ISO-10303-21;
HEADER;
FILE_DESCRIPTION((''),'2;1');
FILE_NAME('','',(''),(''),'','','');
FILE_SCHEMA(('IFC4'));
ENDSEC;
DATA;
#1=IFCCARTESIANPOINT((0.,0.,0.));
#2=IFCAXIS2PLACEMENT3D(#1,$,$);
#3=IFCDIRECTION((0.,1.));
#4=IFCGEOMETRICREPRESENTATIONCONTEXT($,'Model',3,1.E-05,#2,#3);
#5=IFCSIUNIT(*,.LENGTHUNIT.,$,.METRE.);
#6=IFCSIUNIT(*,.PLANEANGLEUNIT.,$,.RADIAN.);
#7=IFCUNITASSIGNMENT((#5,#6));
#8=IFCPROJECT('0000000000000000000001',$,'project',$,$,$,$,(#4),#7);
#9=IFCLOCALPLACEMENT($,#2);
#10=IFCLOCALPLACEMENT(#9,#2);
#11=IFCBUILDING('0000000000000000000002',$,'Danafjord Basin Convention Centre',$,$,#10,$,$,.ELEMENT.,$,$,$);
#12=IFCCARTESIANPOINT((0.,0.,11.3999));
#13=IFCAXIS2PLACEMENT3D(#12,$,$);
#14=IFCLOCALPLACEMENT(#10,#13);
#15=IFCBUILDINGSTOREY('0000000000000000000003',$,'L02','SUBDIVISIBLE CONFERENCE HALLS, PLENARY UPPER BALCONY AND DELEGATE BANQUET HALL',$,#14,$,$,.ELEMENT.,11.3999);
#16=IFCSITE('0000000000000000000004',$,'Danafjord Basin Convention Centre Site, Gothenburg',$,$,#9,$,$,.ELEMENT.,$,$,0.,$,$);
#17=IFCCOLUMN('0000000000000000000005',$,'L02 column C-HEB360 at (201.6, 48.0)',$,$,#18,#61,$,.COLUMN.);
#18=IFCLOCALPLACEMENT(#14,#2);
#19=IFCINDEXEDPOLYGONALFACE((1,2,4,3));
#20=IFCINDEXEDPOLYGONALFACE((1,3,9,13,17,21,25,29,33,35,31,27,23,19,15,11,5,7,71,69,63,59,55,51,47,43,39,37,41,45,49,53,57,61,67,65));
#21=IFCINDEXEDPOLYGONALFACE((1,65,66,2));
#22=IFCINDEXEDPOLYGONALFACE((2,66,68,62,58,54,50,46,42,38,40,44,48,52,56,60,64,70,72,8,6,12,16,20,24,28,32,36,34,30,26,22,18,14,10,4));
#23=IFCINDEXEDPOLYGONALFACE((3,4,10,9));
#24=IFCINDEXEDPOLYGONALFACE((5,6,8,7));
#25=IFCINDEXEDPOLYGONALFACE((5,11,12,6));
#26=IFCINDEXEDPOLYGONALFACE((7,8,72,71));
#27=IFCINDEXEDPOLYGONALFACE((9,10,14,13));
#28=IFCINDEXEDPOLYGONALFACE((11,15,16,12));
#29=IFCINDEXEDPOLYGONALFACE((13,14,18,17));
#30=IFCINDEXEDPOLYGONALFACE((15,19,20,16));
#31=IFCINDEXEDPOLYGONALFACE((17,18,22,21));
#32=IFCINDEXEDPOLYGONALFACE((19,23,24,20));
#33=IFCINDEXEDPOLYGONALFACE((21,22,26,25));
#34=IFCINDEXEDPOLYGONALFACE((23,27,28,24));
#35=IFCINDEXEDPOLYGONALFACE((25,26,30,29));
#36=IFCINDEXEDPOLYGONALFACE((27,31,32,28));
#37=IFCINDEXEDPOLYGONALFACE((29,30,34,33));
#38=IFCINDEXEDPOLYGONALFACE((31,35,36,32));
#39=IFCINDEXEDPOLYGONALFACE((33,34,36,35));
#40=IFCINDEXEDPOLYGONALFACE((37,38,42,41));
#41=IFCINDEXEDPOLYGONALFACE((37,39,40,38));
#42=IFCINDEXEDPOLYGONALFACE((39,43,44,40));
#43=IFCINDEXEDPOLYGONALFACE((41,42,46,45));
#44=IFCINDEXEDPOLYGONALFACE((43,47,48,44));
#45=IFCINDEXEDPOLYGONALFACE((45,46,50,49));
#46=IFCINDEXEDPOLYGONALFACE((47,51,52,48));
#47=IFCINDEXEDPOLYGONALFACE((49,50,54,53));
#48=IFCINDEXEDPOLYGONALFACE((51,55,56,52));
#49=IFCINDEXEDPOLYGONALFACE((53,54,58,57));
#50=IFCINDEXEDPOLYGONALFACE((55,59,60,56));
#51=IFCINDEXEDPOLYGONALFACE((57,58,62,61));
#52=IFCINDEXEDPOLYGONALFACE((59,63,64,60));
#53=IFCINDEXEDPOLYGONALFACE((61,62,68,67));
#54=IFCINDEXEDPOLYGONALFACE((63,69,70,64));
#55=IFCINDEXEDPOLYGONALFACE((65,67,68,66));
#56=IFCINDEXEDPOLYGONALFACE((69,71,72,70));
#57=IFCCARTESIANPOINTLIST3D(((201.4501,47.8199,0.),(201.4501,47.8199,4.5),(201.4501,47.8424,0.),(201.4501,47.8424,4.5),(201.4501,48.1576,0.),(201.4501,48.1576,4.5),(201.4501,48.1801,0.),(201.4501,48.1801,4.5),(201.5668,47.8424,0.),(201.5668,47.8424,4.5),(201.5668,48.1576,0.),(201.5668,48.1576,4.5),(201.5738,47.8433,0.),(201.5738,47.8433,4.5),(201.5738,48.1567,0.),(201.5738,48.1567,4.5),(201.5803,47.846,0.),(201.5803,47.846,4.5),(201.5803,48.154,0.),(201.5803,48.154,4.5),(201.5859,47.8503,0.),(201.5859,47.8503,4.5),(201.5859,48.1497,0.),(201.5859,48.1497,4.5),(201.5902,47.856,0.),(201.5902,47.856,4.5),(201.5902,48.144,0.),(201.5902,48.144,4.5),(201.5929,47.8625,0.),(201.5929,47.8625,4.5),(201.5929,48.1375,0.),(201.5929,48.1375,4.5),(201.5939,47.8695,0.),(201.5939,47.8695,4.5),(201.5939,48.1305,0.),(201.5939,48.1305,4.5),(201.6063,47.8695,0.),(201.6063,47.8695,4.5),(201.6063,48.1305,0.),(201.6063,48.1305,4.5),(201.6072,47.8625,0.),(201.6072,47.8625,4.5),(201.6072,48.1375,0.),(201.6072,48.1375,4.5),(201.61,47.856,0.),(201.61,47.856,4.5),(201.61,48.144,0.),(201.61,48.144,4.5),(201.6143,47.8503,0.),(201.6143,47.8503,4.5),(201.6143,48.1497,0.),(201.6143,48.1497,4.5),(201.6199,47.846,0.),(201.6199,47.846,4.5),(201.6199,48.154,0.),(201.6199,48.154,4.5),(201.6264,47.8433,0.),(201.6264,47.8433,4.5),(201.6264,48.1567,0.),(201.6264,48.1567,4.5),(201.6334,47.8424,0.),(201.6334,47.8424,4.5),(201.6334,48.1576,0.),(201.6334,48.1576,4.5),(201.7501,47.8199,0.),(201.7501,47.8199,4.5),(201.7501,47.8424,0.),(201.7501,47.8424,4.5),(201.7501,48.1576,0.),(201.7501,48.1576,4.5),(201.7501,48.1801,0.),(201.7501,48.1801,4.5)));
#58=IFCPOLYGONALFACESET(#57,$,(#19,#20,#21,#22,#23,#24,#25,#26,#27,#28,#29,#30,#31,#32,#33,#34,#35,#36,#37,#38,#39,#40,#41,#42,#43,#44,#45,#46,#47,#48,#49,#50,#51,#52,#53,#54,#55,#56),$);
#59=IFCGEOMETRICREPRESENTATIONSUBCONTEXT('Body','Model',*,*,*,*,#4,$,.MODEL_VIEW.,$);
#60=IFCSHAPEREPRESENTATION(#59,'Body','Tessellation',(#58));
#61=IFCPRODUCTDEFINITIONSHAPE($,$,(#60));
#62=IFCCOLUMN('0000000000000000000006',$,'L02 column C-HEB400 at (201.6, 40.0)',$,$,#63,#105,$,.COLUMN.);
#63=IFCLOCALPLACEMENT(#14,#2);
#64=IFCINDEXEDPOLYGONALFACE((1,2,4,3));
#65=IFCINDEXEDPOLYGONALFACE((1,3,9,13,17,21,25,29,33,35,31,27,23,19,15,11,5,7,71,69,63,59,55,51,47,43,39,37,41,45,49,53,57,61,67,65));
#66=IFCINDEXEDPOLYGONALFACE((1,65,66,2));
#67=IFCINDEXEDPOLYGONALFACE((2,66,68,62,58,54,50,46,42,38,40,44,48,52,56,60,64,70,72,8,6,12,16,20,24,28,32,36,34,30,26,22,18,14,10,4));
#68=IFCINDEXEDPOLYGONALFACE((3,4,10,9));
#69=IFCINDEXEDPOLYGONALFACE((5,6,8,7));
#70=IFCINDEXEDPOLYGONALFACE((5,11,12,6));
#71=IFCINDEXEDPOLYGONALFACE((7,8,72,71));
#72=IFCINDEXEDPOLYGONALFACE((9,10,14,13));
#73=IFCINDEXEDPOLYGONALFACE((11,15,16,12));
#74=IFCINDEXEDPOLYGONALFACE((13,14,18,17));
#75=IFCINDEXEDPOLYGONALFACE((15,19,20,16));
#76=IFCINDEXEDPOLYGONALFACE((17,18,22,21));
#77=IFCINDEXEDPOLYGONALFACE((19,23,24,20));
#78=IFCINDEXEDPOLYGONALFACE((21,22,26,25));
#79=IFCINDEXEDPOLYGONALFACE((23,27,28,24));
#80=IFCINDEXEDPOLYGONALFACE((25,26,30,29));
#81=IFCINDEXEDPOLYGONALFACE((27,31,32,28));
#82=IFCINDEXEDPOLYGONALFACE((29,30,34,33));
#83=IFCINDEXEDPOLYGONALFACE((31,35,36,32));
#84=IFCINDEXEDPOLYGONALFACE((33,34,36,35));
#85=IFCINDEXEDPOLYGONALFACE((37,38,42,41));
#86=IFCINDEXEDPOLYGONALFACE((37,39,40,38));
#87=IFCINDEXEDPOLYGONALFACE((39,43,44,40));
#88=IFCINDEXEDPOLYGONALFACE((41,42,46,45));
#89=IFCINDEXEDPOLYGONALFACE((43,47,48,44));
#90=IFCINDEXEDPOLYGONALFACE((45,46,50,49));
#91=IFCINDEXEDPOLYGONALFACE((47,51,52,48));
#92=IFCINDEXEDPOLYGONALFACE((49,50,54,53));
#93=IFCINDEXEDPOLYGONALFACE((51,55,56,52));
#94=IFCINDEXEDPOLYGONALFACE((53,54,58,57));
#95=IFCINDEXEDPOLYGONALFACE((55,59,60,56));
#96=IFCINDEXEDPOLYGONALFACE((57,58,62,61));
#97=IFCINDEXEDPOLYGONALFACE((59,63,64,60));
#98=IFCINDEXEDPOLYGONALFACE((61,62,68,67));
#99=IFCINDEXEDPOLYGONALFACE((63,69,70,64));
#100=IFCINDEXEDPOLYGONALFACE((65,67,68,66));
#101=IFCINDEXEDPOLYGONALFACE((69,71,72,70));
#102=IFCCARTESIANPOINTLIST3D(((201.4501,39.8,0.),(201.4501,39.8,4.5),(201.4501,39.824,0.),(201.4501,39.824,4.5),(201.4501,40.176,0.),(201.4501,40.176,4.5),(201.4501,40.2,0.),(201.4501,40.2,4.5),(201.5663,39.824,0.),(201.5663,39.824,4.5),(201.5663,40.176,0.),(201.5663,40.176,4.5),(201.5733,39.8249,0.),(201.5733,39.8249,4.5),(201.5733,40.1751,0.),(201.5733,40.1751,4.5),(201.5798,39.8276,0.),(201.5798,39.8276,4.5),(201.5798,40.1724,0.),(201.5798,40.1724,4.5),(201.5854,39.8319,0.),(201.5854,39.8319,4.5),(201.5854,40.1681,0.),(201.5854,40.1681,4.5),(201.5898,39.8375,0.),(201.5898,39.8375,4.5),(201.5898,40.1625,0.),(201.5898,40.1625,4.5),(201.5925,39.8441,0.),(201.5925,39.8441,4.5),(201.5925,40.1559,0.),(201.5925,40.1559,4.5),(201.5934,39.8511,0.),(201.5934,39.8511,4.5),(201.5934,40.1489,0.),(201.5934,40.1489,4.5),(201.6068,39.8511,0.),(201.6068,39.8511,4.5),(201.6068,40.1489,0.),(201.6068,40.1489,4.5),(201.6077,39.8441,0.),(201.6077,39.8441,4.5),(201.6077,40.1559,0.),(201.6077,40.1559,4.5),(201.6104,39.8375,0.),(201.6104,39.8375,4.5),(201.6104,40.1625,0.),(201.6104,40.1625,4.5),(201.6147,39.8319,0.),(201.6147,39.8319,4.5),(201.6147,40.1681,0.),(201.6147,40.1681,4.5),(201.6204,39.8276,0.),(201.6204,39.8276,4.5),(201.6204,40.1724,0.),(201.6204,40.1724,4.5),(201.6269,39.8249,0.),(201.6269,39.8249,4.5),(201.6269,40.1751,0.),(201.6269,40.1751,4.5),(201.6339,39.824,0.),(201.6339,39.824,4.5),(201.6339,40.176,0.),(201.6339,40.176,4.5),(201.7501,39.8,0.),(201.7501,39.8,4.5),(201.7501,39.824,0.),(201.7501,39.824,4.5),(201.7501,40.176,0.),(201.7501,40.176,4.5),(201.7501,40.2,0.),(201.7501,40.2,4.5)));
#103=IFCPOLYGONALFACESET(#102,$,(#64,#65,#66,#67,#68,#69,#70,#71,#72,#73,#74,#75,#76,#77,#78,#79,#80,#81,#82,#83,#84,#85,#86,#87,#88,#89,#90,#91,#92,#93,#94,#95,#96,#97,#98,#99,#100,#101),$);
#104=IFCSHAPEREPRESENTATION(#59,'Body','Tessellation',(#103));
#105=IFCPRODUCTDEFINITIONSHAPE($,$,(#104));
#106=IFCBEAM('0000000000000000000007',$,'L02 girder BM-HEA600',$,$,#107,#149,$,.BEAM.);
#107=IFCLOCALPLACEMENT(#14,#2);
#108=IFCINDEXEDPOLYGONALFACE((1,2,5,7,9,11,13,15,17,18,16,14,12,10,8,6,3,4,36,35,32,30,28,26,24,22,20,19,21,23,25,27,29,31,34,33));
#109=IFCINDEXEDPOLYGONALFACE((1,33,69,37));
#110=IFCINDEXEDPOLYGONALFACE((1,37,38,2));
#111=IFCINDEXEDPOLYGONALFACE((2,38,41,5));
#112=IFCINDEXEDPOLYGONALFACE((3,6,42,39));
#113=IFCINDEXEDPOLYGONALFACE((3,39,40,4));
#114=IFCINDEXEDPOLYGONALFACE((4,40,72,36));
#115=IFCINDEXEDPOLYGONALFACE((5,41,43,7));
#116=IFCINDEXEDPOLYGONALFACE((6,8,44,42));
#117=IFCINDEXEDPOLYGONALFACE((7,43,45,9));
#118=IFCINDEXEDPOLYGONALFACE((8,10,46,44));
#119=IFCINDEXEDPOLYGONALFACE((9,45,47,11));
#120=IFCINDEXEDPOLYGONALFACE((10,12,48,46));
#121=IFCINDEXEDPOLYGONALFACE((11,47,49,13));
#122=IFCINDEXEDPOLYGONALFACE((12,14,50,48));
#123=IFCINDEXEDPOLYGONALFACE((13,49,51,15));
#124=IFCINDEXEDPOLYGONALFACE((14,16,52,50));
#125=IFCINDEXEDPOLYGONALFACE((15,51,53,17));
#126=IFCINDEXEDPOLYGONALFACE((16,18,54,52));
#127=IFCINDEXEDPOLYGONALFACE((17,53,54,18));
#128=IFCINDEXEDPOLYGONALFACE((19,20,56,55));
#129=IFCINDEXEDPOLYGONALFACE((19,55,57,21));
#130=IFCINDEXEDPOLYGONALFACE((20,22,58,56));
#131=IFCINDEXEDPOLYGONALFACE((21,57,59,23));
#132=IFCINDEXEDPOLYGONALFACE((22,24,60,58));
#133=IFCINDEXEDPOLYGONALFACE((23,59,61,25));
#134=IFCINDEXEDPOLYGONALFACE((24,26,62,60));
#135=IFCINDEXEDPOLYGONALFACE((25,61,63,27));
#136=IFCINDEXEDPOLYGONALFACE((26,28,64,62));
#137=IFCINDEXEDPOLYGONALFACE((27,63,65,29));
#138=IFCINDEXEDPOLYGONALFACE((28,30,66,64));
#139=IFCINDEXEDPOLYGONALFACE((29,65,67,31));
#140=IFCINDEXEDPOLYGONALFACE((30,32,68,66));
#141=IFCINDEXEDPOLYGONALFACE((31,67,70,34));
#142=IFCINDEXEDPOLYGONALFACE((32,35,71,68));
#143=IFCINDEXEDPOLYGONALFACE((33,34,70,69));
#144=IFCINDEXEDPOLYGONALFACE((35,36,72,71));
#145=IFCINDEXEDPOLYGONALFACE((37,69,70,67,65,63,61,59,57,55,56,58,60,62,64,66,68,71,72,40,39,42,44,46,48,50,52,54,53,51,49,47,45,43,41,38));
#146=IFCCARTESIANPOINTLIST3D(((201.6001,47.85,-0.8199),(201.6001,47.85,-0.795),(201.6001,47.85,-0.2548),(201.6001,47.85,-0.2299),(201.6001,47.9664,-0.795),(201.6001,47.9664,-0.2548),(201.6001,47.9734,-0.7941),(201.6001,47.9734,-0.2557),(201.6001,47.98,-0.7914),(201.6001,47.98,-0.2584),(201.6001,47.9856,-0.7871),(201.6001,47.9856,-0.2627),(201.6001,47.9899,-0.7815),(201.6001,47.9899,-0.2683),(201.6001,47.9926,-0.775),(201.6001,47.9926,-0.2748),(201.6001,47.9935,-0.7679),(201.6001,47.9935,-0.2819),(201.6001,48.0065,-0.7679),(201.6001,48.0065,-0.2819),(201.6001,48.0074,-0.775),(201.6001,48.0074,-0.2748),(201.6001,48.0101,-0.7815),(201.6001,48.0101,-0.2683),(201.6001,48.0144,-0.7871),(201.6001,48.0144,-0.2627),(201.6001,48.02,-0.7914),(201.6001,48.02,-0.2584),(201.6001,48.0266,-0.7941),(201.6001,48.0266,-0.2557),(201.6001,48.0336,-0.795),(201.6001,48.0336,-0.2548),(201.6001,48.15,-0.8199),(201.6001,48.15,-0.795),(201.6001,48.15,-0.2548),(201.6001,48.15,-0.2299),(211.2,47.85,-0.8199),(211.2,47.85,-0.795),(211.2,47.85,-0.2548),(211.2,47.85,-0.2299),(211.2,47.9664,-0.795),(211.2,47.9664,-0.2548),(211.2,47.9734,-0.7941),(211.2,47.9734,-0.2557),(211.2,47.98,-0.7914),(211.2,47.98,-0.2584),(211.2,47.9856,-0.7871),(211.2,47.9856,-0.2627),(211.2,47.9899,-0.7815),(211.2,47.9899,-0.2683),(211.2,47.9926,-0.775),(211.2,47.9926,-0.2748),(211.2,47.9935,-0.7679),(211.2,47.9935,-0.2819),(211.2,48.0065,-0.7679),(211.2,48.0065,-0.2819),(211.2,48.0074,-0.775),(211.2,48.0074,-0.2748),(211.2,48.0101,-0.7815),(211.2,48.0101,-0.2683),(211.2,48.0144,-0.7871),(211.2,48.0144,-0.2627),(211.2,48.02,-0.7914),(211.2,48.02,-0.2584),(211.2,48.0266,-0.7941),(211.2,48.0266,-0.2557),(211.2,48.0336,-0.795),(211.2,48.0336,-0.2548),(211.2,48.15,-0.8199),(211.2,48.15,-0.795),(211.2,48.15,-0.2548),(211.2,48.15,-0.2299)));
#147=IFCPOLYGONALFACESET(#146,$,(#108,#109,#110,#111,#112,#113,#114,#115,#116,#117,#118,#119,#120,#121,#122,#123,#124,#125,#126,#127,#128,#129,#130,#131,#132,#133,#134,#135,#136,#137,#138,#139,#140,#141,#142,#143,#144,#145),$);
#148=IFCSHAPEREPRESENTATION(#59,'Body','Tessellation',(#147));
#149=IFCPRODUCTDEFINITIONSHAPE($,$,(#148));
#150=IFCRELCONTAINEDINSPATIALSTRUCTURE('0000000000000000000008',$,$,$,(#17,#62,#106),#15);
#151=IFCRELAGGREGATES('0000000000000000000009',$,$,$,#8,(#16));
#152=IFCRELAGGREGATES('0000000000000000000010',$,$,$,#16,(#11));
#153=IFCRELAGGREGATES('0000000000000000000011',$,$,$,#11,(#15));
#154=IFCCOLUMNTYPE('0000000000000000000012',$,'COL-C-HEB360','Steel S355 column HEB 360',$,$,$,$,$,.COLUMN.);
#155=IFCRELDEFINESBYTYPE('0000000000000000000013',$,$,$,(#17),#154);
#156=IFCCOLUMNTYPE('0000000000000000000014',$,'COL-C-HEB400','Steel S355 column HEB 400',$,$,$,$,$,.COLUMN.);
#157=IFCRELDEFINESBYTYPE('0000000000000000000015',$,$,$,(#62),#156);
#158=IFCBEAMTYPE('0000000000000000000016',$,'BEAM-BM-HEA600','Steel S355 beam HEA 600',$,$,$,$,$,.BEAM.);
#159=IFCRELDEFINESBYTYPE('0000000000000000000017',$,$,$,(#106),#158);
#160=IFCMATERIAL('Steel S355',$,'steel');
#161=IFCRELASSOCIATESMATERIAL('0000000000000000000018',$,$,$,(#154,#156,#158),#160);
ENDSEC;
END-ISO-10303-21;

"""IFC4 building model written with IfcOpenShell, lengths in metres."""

from ifc_helpers import new_model, si_unit, direction, frame, origin, origin_2d, place, context, subcontext, project, spatial, i_section, extrude, material, material_profile, profile_set, type_object, element, save


model = new_model("IFC4")

# Units and contexts
model_context = context("Model", 3, precision=1e-05, world=origin(), true_north=direction((0.0, 1.0)))
body_context = subcontext(model_context, "Body", "Model", "MODEL_VIEW")
ifc_project = project(units=[si_unit("LENGTHUNIT", "METRE"), si_unit("PLANEANGLEUNIT", "RADIAN")], contexts=[model_context])

# Site, building, storey
site_placement = place(None, origin())
site = spatial("IfcSite", under=ifc_project, at=site_placement, Name="Danafjord Basin Convention Centre Site, Gothenburg", CompositionType="ELEMENT", RefElevation=0.0)
building_placement = place(site_placement, origin())
building = spatial("IfcBuilding", under=site, at=building_placement, Name="Danafjord Basin Convention Centre", CompositionType="ELEMENT")
storey_placement = place(building_placement, frame((0.0, 0.0, 11.3999)))
storey = spatial("IfcBuildingStorey", under=building, at=storey_placement, Name="L02", Description="SUBDIVISIBLE CONFERENCE HALLS, PLENARY UPPER BALCONY AND DELEGATE BANQUET HALL", CompositionType="ELEMENT", Elevation=11.3999)

# Columns
ifc_material_1 = material(Name="Steel S355", Category="steel")
ifc_material_profile_1 = material_profile(ifc_material_1, i_section(OverallWidth=0.3, OverallDepth=0.3601, WebThickness=0.0125, FlangeThickness=0.0225, FilletRadius=0.0271, at=origin_2d()), Name="HEB 360")
ifc_profile_set_1 = profile_set([ifc_material_profile_1], Name="Steel S355")
column_type_1 = type_object("IfcColumnType", Name="COL-C-HEB360", Description="Steel S355 column HEB 360", PredefinedType="COLUMN", material=ifc_profile_set_1)
column_1_placement = place(storey_placement, frame((201.6001, 48.0, 0.0), z_axis=(0.0, 0.0, 1.0), x_axis=(1.0, 0.0, 0.0)))
element("IfcColumn", 1, at=column_1_placement, inside=storey, type_object=column_type_1, Name="L02 column C-HEB360 at (201.6, 48.0)", PredefinedType="COLUMN", context=body_context, shape_type="SweptSolid", body=[
    extrude(i_section(OverallWidth=0.3, OverallDepth=0.3601, WebThickness=0.0125, FlangeThickness=0.0225, FilletRadius=0.0271, at=origin_2d()), origin(), (0.0, 0.0, 1.0), 4.5),
])
ifc_material_profile_2 = material_profile(ifc_material_1, i_section(OverallWidth=0.3, OverallDepth=0.3999, WebThickness=0.0134, FlangeThickness=0.0239, FilletRadius=0.0271, at=origin_2d()), Name="HEB 400")
ifc_profile_set_2 = profile_set([ifc_material_profile_2], Name="Steel S355")
column_type_2 = type_object("IfcColumnType", Name="COL-C-HEB400", Description="Steel S355 column HEB 400", PredefinedType="COLUMN", material=ifc_profile_set_2)
column_2_placement = place(storey_placement, frame((201.6001, 40.0, 0.0), z_axis=(0.0, 0.0, 1.0), x_axis=(1.0, 0.0, 0.0)))
element("IfcColumn", 2, at=column_2_placement, inside=storey, type_object=column_type_2, Name="L02 column C-HEB400 at (201.6, 40.0)", PredefinedType="COLUMN", context=body_context, shape_type="SweptSolid", body=[
    extrude(i_section(OverallWidth=0.3, OverallDepth=0.3999, WebThickness=0.0134, FlangeThickness=0.0239, FilletRadius=0.0271, at=origin_2d()), origin(), (0.0, 0.0, 1.0), 4.5),
])

# Beam
ifc_material_profile_3 = material_profile(ifc_material_1, i_section(OverallWidth=0.3, OverallDepth=0.5901, WebThickness=0.0129, FlangeThickness=0.0249, FilletRadius=0.0271, at=origin_2d()), Name="HEA 600")
ifc_profile_set_3 = profile_set([ifc_material_profile_3], Name="Steel S355")
beam_type_1 = type_object("IfcBeamType", Name="BEAM-BM-HEA600", Description="Steel S355 beam HEA 600", PredefinedType="BEAM", material=ifc_profile_set_3)
beam_1_placement = place(storey_placement, frame((201.6001, 48.0, -0.5249), z_axis=(1.0, 0.0, 0.0), x_axis=(0.0, 1.0, 0.0)))
element("IfcBeam", 3, at=beam_1_placement, inside=storey, type_object=beam_type_1, Name="L02 girder BM-HEA600", PredefinedType="BEAM", context=body_context, shape_type="SweptSolid", body=[
    extrude(i_section(OverallWidth=0.3, OverallDepth=0.5901, WebThickness=0.0129, FlangeThickness=0.0249, FilletRadius=0.0271, at=origin_2d()), origin(), (0.0, 0.0, 1.0), 9.5999),
])

save(model, "model.ifc")
